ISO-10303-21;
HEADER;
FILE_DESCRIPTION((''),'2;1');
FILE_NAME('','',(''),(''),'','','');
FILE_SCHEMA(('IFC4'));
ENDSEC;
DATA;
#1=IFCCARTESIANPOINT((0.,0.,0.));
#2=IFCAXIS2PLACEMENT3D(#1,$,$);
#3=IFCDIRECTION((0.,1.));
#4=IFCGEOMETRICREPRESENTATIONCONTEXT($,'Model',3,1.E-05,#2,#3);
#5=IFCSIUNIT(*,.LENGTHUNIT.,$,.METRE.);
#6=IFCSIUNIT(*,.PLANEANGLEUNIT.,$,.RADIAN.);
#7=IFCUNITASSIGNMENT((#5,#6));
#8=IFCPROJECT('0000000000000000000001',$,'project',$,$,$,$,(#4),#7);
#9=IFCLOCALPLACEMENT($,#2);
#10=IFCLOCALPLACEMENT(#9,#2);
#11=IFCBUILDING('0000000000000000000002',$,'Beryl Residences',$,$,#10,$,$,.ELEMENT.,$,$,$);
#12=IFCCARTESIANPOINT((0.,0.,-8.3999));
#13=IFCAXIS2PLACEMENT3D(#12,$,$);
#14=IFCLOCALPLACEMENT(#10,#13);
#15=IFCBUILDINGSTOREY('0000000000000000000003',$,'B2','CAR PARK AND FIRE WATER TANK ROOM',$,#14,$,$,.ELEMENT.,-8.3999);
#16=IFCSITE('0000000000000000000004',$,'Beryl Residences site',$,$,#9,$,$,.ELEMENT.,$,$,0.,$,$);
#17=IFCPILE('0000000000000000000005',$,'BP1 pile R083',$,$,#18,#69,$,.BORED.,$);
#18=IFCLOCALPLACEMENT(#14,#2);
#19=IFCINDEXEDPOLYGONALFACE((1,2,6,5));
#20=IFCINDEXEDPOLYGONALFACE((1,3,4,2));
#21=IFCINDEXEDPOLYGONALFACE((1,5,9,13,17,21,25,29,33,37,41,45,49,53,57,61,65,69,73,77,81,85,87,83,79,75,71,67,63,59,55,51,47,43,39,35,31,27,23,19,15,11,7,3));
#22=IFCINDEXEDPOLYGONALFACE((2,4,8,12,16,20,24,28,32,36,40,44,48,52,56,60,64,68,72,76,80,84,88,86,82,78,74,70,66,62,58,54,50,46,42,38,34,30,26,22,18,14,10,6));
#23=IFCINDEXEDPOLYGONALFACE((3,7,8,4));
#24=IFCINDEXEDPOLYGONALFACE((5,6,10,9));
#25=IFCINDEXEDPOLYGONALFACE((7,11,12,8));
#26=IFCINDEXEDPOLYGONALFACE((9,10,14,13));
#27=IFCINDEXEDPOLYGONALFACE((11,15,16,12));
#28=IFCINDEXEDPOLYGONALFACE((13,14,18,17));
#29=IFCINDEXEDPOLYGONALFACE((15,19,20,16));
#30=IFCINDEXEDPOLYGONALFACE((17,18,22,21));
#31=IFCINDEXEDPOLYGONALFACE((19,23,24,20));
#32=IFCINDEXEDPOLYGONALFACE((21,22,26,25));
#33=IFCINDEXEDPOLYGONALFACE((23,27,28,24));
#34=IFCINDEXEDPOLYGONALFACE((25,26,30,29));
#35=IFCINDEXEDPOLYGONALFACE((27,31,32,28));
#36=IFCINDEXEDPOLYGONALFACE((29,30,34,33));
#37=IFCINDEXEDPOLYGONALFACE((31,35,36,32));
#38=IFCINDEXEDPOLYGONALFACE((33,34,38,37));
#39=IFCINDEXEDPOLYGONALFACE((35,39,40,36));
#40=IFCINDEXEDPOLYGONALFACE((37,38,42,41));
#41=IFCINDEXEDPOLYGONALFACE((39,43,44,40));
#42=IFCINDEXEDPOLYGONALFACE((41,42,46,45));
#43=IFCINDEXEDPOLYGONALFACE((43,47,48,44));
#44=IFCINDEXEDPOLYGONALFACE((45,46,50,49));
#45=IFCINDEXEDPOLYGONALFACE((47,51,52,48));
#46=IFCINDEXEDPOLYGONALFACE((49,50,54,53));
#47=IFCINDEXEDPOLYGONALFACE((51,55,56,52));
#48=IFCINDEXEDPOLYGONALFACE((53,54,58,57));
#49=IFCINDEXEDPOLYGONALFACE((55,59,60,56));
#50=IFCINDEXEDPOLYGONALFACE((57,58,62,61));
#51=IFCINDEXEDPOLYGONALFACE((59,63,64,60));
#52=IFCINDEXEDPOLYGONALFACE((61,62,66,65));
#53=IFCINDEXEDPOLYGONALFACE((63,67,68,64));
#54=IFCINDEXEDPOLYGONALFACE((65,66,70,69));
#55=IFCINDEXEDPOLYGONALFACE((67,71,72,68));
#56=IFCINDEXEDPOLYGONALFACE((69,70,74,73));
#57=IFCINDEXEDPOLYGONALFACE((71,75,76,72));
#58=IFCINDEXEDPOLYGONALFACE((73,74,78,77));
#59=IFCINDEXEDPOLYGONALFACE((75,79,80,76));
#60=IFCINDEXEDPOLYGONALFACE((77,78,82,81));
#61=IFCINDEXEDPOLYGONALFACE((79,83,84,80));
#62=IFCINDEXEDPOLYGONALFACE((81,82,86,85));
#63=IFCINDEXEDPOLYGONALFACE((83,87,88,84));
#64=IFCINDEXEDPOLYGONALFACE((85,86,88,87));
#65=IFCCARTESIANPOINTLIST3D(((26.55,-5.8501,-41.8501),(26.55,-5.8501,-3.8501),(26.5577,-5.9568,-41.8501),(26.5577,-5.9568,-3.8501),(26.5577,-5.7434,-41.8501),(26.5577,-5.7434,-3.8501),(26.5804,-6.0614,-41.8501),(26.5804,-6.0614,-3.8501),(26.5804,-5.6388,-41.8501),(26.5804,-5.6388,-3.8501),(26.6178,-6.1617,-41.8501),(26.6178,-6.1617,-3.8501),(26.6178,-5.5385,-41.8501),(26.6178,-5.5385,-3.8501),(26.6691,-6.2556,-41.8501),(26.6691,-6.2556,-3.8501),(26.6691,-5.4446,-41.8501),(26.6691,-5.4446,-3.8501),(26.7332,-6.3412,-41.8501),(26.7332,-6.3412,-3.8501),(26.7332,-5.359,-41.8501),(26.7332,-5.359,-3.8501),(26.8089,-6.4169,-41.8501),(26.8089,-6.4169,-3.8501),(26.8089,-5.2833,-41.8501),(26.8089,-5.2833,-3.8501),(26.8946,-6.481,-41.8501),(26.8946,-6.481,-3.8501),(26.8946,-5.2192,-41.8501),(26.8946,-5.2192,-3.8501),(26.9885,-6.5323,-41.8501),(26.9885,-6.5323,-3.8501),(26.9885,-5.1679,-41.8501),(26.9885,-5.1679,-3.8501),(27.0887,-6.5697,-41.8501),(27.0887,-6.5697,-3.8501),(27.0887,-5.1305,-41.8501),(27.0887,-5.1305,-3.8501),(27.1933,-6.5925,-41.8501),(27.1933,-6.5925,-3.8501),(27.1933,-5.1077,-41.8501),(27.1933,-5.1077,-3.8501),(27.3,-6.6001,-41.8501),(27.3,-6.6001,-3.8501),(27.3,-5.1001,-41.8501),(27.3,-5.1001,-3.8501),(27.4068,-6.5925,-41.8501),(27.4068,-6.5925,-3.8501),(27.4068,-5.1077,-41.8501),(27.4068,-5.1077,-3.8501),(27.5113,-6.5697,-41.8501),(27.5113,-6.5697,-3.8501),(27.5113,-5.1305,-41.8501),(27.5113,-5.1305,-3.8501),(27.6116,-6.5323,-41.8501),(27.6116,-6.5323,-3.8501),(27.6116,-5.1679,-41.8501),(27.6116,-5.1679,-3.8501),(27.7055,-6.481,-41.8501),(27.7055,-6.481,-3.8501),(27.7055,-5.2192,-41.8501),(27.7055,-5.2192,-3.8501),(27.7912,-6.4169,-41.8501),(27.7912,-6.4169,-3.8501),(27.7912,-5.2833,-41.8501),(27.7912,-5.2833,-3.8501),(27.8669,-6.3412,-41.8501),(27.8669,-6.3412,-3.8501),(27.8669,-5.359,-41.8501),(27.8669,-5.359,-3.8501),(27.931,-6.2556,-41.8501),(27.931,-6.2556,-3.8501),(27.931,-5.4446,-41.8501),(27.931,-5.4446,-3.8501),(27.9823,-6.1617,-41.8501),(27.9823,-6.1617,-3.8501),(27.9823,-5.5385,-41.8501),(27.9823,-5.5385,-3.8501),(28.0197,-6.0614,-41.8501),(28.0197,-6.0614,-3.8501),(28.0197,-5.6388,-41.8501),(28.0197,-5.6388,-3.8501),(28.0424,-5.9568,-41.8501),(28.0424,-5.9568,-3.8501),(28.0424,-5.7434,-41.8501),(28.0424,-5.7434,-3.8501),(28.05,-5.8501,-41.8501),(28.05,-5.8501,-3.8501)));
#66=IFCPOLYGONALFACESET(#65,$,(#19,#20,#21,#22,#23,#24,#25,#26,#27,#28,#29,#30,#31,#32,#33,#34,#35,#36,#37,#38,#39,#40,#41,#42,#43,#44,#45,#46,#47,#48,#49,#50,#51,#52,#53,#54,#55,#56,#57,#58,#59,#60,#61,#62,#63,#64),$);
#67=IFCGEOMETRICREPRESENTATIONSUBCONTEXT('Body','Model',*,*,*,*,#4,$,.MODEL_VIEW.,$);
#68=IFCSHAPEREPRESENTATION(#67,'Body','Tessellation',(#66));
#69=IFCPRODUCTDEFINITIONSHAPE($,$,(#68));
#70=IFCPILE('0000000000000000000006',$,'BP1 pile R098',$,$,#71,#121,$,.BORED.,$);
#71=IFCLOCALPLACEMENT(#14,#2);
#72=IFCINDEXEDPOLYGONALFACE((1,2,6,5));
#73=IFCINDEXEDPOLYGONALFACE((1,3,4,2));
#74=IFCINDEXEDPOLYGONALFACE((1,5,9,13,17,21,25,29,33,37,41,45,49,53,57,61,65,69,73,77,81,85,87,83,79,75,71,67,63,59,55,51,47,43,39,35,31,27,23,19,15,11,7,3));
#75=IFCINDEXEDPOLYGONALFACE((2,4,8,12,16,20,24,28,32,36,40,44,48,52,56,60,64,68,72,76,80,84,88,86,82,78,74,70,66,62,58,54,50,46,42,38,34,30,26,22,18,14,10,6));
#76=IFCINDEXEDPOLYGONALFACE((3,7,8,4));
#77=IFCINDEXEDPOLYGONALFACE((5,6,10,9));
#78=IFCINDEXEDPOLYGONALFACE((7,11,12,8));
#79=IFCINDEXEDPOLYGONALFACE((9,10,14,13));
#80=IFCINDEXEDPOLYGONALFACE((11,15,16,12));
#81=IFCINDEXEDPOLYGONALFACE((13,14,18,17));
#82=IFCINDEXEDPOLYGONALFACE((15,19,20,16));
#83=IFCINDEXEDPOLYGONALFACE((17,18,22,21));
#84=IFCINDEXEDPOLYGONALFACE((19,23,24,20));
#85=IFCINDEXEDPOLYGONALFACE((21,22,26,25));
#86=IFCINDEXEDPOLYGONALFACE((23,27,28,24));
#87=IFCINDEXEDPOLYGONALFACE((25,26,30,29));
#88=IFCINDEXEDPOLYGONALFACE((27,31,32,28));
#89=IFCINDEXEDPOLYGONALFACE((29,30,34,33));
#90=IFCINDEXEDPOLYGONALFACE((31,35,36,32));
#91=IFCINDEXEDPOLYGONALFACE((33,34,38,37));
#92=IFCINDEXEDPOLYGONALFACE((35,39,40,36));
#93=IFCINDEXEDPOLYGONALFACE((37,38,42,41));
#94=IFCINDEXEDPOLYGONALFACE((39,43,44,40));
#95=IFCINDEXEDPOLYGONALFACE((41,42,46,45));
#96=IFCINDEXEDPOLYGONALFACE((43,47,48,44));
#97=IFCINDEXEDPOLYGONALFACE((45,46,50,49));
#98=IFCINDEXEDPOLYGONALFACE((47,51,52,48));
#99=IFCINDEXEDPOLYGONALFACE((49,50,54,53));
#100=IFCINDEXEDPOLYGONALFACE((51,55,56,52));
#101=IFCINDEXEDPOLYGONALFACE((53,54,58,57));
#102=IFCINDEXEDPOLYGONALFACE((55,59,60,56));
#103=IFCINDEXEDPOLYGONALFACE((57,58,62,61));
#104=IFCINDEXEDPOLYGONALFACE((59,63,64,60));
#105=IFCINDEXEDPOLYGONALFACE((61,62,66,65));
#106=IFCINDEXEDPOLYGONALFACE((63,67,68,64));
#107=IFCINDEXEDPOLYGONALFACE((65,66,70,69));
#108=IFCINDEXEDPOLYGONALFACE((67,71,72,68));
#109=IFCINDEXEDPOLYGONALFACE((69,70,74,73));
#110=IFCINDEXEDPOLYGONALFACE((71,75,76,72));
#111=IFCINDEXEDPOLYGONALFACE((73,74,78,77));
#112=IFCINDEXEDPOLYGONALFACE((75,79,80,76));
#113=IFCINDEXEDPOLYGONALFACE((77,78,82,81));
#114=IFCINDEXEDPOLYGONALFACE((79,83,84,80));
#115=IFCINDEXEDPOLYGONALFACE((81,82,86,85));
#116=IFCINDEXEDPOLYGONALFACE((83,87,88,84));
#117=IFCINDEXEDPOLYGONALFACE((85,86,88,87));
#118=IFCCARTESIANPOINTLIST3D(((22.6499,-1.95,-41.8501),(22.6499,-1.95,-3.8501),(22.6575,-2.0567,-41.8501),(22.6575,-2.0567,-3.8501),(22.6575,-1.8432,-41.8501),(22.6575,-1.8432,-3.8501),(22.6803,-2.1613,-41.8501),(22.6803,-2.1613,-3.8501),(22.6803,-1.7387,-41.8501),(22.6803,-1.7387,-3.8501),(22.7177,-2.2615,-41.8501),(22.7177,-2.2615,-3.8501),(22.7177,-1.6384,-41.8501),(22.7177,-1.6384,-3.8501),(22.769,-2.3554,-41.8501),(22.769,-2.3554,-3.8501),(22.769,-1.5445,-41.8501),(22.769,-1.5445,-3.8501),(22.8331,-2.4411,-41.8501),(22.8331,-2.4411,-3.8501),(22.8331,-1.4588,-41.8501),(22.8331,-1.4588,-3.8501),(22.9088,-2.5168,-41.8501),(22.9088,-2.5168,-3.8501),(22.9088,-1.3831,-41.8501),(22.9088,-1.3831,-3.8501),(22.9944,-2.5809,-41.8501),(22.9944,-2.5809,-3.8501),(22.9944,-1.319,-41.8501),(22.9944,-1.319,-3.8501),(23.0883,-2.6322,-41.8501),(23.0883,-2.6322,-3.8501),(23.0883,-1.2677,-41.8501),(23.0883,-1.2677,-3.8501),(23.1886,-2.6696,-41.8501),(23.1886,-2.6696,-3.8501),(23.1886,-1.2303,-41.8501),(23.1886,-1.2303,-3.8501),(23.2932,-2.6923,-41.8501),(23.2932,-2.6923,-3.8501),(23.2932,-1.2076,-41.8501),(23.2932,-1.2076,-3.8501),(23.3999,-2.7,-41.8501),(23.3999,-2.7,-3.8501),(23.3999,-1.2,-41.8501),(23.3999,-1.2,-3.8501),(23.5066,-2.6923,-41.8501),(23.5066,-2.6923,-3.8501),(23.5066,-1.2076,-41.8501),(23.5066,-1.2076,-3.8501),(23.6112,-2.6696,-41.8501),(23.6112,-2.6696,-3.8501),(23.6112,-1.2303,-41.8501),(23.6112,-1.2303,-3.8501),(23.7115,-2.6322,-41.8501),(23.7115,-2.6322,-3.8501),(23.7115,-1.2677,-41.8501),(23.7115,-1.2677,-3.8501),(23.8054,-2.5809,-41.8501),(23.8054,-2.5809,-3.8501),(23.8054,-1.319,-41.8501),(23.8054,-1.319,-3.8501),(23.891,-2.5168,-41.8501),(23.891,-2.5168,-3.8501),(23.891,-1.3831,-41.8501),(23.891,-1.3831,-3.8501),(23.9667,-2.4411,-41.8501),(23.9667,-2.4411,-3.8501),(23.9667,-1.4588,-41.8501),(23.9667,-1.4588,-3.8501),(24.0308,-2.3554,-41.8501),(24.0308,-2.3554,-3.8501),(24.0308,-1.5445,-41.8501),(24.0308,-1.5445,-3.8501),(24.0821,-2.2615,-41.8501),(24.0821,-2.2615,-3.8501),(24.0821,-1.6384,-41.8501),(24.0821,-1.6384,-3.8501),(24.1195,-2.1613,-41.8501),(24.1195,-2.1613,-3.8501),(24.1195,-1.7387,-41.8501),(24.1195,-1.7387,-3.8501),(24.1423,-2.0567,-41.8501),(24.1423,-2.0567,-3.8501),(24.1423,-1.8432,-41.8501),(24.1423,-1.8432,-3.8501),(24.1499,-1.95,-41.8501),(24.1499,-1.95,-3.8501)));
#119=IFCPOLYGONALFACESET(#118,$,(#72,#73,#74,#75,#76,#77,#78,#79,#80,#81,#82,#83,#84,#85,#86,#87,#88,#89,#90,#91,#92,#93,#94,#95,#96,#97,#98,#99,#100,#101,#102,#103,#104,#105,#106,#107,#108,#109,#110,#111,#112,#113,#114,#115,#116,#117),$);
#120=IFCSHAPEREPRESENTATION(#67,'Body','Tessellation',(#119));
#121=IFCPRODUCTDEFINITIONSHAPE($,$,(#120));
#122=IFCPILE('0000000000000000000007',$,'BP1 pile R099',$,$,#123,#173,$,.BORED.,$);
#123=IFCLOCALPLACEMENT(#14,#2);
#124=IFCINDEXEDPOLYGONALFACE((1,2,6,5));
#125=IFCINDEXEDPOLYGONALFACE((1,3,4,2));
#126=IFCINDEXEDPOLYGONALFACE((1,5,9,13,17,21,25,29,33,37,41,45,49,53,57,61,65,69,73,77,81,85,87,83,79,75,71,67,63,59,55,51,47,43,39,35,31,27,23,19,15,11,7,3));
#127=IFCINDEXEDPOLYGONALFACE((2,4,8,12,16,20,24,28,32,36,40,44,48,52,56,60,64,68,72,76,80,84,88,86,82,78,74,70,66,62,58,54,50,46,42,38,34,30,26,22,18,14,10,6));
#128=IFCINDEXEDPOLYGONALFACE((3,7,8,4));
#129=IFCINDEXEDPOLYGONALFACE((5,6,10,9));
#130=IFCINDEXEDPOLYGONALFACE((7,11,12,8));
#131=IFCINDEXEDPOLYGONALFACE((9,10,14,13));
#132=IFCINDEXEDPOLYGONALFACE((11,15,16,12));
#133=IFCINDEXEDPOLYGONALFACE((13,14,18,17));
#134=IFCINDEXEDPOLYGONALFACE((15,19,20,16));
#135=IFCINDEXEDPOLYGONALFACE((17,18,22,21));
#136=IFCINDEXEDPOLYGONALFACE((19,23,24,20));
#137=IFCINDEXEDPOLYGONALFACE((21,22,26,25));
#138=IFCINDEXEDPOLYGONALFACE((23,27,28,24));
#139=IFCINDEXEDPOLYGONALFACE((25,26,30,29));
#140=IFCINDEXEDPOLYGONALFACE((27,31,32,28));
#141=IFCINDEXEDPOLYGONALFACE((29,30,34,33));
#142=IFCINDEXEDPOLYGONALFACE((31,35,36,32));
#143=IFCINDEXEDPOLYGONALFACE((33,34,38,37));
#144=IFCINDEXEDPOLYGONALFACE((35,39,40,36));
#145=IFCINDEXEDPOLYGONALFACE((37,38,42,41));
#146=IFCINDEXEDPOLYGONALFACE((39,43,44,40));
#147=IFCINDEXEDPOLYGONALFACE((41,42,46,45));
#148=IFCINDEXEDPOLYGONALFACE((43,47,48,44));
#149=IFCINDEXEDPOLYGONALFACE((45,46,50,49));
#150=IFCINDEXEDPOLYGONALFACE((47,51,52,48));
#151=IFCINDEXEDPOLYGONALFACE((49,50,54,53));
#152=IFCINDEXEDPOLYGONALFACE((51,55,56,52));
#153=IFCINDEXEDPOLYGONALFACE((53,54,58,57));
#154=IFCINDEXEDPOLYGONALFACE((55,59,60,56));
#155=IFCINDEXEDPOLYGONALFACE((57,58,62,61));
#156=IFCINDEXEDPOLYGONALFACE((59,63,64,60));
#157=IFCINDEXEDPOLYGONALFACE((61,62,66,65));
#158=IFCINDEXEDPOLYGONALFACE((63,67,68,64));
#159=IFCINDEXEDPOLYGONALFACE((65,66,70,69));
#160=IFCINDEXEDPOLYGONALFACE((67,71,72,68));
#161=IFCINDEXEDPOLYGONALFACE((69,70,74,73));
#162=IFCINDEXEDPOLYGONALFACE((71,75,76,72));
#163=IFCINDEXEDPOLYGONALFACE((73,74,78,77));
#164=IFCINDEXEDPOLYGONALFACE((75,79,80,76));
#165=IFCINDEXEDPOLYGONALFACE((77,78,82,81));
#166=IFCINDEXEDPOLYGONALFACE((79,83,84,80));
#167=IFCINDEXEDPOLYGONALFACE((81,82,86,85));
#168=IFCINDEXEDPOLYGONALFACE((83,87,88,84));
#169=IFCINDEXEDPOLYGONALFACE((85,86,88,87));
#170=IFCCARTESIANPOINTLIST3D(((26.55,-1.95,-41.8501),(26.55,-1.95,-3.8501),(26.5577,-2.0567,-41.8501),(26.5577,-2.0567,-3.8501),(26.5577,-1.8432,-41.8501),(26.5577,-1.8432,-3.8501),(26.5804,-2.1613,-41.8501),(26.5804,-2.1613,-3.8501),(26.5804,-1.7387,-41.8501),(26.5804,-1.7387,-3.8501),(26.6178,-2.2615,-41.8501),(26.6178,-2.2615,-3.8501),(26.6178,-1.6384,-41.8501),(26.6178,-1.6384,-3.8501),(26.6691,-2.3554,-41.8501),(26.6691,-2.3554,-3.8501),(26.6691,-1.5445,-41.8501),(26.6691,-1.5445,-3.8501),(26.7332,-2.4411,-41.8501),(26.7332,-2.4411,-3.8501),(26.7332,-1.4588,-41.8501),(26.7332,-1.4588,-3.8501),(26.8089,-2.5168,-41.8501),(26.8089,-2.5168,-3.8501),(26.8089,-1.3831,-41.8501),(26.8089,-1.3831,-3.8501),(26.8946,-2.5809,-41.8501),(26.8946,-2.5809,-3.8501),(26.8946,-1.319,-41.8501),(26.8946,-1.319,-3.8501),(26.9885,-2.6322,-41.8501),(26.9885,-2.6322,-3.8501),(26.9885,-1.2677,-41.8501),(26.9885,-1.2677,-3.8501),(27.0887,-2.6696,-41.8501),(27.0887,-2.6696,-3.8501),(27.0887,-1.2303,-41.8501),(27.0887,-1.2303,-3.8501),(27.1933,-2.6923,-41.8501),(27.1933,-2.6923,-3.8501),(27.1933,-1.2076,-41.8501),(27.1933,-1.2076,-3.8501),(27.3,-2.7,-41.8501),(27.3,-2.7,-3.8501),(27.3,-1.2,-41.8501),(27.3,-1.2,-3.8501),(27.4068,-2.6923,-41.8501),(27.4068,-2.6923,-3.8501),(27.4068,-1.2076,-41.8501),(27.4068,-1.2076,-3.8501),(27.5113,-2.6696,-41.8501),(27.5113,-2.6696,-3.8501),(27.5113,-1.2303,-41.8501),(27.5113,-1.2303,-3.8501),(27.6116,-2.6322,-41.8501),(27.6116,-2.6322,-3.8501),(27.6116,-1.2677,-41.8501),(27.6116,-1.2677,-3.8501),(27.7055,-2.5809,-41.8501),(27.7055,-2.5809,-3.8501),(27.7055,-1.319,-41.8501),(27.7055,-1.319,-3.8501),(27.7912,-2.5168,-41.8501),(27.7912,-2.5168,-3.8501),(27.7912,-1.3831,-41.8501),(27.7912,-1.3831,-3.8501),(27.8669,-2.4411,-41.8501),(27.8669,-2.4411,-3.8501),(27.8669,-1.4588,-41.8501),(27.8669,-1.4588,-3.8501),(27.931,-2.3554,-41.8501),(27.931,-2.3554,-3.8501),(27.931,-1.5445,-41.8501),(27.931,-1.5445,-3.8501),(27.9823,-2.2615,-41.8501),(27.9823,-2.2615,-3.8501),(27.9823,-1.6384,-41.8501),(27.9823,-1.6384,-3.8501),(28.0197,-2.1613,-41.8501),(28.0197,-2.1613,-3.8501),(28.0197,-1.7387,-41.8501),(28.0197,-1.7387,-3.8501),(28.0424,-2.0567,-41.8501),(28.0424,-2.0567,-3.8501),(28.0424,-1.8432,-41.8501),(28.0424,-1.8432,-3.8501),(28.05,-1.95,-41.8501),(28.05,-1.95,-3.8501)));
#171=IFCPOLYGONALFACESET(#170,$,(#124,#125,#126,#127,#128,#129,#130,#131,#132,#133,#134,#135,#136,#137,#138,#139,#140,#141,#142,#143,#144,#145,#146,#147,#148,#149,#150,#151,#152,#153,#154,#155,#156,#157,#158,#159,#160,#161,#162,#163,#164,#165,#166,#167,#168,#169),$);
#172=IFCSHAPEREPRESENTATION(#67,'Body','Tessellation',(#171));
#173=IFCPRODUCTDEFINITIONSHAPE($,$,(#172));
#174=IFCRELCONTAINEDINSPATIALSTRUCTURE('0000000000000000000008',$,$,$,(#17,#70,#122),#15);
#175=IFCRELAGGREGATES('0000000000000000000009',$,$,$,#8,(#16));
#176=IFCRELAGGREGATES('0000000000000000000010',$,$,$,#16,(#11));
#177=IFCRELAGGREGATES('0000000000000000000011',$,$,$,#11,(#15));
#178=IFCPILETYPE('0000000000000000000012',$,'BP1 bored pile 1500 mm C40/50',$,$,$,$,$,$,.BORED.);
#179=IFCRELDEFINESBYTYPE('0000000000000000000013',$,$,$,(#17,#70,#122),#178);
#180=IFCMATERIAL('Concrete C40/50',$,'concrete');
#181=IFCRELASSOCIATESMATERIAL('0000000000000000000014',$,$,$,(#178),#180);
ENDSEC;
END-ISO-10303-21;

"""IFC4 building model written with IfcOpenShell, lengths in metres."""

from ifc_helpers import new_model, si_unit, direction, frame, origin, origin_2d, place, context, subcontext, project, spatial, circle, extrude, material, material_profile, profile_set, type_object, element, save


model = new_model("IFC4")

# Units and contexts
model_context = context("Model", 3, precision=1e-05, world=origin(), true_north=direction((0.0, 1.0)))
body_context = subcontext(model_context, "Body", "Model", "MODEL_VIEW")
ifc_project = project(units=[si_unit("LENGTHUNIT", "METRE"), si_unit("PLANEANGLEUNIT", "RADIAN")], contexts=[model_context])

# Site, building, storey
site_placement = place(None, origin())
site = spatial("IfcSite", under=ifc_project, at=site_placement, Name="Beryl Residences site", CompositionType="ELEMENT", RefElevation=0.0)
building_placement = place(site_placement, origin())
building = spatial("IfcBuilding", under=site, at=building_placement, Name="Beryl Residences", CompositionType="ELEMENT")
storey_placement = place(building_placement, frame((0.0, 0.0, -8.3999)))
storey = spatial("IfcBuildingStorey", under=building, at=storey_placement, Name="B2", Description="CAR PARK AND FIRE WATER TANK ROOM", CompositionType="ELEMENT", Elevation=-8.3999)

# Piles
ifc_material_1 = material(Name="Concrete C40/50", Category="concrete")
ifc_material_profile_1 = material_profile(ifc_material_1, circle(Radius=0.75, at=origin_2d()))
ifc_profile_set_1 = profile_set([ifc_material_profile_1], Name="Concrete C40/50")
pile_type_1 = type_object("IfcPileType", Name="BP1 bored pile 1500 mm C40/50", PredefinedType="BORED", material=ifc_profile_set_1)
for number, where, z_axis, x_axis, name in (
    (1, (27.3, -5.8501, -3.8501), (0.0, 0.0, -1.0), (1.0, 0.0, 0.0), "BP1 pile R083"),
    (2, (23.3999, -1.95, -3.8501), (0.0, 0.0, -1.0), (1.0, 0.0, 0.0), "BP1 pile R098"),
    (3, (27.3, -1.95, -3.8501), (0.0, 0.0, -1.0), (1.0, 0.0, 0.0), "BP1 pile R099"),
):
    element("IfcPile", number, at=place(storey_placement, frame(where, z_axis=z_axis, x_axis=x_axis)), inside=storey, type_object=pile_type_1, Name=name, PredefinedType="BORED", context=body_context, shape_type="SweptSolid", body=[
        extrude(circle(Radius=0.75, at=origin_2d()), origin(), (0.0, 0.0, 1.0), 38.0),
    ])

save(model, "model.ifc")
